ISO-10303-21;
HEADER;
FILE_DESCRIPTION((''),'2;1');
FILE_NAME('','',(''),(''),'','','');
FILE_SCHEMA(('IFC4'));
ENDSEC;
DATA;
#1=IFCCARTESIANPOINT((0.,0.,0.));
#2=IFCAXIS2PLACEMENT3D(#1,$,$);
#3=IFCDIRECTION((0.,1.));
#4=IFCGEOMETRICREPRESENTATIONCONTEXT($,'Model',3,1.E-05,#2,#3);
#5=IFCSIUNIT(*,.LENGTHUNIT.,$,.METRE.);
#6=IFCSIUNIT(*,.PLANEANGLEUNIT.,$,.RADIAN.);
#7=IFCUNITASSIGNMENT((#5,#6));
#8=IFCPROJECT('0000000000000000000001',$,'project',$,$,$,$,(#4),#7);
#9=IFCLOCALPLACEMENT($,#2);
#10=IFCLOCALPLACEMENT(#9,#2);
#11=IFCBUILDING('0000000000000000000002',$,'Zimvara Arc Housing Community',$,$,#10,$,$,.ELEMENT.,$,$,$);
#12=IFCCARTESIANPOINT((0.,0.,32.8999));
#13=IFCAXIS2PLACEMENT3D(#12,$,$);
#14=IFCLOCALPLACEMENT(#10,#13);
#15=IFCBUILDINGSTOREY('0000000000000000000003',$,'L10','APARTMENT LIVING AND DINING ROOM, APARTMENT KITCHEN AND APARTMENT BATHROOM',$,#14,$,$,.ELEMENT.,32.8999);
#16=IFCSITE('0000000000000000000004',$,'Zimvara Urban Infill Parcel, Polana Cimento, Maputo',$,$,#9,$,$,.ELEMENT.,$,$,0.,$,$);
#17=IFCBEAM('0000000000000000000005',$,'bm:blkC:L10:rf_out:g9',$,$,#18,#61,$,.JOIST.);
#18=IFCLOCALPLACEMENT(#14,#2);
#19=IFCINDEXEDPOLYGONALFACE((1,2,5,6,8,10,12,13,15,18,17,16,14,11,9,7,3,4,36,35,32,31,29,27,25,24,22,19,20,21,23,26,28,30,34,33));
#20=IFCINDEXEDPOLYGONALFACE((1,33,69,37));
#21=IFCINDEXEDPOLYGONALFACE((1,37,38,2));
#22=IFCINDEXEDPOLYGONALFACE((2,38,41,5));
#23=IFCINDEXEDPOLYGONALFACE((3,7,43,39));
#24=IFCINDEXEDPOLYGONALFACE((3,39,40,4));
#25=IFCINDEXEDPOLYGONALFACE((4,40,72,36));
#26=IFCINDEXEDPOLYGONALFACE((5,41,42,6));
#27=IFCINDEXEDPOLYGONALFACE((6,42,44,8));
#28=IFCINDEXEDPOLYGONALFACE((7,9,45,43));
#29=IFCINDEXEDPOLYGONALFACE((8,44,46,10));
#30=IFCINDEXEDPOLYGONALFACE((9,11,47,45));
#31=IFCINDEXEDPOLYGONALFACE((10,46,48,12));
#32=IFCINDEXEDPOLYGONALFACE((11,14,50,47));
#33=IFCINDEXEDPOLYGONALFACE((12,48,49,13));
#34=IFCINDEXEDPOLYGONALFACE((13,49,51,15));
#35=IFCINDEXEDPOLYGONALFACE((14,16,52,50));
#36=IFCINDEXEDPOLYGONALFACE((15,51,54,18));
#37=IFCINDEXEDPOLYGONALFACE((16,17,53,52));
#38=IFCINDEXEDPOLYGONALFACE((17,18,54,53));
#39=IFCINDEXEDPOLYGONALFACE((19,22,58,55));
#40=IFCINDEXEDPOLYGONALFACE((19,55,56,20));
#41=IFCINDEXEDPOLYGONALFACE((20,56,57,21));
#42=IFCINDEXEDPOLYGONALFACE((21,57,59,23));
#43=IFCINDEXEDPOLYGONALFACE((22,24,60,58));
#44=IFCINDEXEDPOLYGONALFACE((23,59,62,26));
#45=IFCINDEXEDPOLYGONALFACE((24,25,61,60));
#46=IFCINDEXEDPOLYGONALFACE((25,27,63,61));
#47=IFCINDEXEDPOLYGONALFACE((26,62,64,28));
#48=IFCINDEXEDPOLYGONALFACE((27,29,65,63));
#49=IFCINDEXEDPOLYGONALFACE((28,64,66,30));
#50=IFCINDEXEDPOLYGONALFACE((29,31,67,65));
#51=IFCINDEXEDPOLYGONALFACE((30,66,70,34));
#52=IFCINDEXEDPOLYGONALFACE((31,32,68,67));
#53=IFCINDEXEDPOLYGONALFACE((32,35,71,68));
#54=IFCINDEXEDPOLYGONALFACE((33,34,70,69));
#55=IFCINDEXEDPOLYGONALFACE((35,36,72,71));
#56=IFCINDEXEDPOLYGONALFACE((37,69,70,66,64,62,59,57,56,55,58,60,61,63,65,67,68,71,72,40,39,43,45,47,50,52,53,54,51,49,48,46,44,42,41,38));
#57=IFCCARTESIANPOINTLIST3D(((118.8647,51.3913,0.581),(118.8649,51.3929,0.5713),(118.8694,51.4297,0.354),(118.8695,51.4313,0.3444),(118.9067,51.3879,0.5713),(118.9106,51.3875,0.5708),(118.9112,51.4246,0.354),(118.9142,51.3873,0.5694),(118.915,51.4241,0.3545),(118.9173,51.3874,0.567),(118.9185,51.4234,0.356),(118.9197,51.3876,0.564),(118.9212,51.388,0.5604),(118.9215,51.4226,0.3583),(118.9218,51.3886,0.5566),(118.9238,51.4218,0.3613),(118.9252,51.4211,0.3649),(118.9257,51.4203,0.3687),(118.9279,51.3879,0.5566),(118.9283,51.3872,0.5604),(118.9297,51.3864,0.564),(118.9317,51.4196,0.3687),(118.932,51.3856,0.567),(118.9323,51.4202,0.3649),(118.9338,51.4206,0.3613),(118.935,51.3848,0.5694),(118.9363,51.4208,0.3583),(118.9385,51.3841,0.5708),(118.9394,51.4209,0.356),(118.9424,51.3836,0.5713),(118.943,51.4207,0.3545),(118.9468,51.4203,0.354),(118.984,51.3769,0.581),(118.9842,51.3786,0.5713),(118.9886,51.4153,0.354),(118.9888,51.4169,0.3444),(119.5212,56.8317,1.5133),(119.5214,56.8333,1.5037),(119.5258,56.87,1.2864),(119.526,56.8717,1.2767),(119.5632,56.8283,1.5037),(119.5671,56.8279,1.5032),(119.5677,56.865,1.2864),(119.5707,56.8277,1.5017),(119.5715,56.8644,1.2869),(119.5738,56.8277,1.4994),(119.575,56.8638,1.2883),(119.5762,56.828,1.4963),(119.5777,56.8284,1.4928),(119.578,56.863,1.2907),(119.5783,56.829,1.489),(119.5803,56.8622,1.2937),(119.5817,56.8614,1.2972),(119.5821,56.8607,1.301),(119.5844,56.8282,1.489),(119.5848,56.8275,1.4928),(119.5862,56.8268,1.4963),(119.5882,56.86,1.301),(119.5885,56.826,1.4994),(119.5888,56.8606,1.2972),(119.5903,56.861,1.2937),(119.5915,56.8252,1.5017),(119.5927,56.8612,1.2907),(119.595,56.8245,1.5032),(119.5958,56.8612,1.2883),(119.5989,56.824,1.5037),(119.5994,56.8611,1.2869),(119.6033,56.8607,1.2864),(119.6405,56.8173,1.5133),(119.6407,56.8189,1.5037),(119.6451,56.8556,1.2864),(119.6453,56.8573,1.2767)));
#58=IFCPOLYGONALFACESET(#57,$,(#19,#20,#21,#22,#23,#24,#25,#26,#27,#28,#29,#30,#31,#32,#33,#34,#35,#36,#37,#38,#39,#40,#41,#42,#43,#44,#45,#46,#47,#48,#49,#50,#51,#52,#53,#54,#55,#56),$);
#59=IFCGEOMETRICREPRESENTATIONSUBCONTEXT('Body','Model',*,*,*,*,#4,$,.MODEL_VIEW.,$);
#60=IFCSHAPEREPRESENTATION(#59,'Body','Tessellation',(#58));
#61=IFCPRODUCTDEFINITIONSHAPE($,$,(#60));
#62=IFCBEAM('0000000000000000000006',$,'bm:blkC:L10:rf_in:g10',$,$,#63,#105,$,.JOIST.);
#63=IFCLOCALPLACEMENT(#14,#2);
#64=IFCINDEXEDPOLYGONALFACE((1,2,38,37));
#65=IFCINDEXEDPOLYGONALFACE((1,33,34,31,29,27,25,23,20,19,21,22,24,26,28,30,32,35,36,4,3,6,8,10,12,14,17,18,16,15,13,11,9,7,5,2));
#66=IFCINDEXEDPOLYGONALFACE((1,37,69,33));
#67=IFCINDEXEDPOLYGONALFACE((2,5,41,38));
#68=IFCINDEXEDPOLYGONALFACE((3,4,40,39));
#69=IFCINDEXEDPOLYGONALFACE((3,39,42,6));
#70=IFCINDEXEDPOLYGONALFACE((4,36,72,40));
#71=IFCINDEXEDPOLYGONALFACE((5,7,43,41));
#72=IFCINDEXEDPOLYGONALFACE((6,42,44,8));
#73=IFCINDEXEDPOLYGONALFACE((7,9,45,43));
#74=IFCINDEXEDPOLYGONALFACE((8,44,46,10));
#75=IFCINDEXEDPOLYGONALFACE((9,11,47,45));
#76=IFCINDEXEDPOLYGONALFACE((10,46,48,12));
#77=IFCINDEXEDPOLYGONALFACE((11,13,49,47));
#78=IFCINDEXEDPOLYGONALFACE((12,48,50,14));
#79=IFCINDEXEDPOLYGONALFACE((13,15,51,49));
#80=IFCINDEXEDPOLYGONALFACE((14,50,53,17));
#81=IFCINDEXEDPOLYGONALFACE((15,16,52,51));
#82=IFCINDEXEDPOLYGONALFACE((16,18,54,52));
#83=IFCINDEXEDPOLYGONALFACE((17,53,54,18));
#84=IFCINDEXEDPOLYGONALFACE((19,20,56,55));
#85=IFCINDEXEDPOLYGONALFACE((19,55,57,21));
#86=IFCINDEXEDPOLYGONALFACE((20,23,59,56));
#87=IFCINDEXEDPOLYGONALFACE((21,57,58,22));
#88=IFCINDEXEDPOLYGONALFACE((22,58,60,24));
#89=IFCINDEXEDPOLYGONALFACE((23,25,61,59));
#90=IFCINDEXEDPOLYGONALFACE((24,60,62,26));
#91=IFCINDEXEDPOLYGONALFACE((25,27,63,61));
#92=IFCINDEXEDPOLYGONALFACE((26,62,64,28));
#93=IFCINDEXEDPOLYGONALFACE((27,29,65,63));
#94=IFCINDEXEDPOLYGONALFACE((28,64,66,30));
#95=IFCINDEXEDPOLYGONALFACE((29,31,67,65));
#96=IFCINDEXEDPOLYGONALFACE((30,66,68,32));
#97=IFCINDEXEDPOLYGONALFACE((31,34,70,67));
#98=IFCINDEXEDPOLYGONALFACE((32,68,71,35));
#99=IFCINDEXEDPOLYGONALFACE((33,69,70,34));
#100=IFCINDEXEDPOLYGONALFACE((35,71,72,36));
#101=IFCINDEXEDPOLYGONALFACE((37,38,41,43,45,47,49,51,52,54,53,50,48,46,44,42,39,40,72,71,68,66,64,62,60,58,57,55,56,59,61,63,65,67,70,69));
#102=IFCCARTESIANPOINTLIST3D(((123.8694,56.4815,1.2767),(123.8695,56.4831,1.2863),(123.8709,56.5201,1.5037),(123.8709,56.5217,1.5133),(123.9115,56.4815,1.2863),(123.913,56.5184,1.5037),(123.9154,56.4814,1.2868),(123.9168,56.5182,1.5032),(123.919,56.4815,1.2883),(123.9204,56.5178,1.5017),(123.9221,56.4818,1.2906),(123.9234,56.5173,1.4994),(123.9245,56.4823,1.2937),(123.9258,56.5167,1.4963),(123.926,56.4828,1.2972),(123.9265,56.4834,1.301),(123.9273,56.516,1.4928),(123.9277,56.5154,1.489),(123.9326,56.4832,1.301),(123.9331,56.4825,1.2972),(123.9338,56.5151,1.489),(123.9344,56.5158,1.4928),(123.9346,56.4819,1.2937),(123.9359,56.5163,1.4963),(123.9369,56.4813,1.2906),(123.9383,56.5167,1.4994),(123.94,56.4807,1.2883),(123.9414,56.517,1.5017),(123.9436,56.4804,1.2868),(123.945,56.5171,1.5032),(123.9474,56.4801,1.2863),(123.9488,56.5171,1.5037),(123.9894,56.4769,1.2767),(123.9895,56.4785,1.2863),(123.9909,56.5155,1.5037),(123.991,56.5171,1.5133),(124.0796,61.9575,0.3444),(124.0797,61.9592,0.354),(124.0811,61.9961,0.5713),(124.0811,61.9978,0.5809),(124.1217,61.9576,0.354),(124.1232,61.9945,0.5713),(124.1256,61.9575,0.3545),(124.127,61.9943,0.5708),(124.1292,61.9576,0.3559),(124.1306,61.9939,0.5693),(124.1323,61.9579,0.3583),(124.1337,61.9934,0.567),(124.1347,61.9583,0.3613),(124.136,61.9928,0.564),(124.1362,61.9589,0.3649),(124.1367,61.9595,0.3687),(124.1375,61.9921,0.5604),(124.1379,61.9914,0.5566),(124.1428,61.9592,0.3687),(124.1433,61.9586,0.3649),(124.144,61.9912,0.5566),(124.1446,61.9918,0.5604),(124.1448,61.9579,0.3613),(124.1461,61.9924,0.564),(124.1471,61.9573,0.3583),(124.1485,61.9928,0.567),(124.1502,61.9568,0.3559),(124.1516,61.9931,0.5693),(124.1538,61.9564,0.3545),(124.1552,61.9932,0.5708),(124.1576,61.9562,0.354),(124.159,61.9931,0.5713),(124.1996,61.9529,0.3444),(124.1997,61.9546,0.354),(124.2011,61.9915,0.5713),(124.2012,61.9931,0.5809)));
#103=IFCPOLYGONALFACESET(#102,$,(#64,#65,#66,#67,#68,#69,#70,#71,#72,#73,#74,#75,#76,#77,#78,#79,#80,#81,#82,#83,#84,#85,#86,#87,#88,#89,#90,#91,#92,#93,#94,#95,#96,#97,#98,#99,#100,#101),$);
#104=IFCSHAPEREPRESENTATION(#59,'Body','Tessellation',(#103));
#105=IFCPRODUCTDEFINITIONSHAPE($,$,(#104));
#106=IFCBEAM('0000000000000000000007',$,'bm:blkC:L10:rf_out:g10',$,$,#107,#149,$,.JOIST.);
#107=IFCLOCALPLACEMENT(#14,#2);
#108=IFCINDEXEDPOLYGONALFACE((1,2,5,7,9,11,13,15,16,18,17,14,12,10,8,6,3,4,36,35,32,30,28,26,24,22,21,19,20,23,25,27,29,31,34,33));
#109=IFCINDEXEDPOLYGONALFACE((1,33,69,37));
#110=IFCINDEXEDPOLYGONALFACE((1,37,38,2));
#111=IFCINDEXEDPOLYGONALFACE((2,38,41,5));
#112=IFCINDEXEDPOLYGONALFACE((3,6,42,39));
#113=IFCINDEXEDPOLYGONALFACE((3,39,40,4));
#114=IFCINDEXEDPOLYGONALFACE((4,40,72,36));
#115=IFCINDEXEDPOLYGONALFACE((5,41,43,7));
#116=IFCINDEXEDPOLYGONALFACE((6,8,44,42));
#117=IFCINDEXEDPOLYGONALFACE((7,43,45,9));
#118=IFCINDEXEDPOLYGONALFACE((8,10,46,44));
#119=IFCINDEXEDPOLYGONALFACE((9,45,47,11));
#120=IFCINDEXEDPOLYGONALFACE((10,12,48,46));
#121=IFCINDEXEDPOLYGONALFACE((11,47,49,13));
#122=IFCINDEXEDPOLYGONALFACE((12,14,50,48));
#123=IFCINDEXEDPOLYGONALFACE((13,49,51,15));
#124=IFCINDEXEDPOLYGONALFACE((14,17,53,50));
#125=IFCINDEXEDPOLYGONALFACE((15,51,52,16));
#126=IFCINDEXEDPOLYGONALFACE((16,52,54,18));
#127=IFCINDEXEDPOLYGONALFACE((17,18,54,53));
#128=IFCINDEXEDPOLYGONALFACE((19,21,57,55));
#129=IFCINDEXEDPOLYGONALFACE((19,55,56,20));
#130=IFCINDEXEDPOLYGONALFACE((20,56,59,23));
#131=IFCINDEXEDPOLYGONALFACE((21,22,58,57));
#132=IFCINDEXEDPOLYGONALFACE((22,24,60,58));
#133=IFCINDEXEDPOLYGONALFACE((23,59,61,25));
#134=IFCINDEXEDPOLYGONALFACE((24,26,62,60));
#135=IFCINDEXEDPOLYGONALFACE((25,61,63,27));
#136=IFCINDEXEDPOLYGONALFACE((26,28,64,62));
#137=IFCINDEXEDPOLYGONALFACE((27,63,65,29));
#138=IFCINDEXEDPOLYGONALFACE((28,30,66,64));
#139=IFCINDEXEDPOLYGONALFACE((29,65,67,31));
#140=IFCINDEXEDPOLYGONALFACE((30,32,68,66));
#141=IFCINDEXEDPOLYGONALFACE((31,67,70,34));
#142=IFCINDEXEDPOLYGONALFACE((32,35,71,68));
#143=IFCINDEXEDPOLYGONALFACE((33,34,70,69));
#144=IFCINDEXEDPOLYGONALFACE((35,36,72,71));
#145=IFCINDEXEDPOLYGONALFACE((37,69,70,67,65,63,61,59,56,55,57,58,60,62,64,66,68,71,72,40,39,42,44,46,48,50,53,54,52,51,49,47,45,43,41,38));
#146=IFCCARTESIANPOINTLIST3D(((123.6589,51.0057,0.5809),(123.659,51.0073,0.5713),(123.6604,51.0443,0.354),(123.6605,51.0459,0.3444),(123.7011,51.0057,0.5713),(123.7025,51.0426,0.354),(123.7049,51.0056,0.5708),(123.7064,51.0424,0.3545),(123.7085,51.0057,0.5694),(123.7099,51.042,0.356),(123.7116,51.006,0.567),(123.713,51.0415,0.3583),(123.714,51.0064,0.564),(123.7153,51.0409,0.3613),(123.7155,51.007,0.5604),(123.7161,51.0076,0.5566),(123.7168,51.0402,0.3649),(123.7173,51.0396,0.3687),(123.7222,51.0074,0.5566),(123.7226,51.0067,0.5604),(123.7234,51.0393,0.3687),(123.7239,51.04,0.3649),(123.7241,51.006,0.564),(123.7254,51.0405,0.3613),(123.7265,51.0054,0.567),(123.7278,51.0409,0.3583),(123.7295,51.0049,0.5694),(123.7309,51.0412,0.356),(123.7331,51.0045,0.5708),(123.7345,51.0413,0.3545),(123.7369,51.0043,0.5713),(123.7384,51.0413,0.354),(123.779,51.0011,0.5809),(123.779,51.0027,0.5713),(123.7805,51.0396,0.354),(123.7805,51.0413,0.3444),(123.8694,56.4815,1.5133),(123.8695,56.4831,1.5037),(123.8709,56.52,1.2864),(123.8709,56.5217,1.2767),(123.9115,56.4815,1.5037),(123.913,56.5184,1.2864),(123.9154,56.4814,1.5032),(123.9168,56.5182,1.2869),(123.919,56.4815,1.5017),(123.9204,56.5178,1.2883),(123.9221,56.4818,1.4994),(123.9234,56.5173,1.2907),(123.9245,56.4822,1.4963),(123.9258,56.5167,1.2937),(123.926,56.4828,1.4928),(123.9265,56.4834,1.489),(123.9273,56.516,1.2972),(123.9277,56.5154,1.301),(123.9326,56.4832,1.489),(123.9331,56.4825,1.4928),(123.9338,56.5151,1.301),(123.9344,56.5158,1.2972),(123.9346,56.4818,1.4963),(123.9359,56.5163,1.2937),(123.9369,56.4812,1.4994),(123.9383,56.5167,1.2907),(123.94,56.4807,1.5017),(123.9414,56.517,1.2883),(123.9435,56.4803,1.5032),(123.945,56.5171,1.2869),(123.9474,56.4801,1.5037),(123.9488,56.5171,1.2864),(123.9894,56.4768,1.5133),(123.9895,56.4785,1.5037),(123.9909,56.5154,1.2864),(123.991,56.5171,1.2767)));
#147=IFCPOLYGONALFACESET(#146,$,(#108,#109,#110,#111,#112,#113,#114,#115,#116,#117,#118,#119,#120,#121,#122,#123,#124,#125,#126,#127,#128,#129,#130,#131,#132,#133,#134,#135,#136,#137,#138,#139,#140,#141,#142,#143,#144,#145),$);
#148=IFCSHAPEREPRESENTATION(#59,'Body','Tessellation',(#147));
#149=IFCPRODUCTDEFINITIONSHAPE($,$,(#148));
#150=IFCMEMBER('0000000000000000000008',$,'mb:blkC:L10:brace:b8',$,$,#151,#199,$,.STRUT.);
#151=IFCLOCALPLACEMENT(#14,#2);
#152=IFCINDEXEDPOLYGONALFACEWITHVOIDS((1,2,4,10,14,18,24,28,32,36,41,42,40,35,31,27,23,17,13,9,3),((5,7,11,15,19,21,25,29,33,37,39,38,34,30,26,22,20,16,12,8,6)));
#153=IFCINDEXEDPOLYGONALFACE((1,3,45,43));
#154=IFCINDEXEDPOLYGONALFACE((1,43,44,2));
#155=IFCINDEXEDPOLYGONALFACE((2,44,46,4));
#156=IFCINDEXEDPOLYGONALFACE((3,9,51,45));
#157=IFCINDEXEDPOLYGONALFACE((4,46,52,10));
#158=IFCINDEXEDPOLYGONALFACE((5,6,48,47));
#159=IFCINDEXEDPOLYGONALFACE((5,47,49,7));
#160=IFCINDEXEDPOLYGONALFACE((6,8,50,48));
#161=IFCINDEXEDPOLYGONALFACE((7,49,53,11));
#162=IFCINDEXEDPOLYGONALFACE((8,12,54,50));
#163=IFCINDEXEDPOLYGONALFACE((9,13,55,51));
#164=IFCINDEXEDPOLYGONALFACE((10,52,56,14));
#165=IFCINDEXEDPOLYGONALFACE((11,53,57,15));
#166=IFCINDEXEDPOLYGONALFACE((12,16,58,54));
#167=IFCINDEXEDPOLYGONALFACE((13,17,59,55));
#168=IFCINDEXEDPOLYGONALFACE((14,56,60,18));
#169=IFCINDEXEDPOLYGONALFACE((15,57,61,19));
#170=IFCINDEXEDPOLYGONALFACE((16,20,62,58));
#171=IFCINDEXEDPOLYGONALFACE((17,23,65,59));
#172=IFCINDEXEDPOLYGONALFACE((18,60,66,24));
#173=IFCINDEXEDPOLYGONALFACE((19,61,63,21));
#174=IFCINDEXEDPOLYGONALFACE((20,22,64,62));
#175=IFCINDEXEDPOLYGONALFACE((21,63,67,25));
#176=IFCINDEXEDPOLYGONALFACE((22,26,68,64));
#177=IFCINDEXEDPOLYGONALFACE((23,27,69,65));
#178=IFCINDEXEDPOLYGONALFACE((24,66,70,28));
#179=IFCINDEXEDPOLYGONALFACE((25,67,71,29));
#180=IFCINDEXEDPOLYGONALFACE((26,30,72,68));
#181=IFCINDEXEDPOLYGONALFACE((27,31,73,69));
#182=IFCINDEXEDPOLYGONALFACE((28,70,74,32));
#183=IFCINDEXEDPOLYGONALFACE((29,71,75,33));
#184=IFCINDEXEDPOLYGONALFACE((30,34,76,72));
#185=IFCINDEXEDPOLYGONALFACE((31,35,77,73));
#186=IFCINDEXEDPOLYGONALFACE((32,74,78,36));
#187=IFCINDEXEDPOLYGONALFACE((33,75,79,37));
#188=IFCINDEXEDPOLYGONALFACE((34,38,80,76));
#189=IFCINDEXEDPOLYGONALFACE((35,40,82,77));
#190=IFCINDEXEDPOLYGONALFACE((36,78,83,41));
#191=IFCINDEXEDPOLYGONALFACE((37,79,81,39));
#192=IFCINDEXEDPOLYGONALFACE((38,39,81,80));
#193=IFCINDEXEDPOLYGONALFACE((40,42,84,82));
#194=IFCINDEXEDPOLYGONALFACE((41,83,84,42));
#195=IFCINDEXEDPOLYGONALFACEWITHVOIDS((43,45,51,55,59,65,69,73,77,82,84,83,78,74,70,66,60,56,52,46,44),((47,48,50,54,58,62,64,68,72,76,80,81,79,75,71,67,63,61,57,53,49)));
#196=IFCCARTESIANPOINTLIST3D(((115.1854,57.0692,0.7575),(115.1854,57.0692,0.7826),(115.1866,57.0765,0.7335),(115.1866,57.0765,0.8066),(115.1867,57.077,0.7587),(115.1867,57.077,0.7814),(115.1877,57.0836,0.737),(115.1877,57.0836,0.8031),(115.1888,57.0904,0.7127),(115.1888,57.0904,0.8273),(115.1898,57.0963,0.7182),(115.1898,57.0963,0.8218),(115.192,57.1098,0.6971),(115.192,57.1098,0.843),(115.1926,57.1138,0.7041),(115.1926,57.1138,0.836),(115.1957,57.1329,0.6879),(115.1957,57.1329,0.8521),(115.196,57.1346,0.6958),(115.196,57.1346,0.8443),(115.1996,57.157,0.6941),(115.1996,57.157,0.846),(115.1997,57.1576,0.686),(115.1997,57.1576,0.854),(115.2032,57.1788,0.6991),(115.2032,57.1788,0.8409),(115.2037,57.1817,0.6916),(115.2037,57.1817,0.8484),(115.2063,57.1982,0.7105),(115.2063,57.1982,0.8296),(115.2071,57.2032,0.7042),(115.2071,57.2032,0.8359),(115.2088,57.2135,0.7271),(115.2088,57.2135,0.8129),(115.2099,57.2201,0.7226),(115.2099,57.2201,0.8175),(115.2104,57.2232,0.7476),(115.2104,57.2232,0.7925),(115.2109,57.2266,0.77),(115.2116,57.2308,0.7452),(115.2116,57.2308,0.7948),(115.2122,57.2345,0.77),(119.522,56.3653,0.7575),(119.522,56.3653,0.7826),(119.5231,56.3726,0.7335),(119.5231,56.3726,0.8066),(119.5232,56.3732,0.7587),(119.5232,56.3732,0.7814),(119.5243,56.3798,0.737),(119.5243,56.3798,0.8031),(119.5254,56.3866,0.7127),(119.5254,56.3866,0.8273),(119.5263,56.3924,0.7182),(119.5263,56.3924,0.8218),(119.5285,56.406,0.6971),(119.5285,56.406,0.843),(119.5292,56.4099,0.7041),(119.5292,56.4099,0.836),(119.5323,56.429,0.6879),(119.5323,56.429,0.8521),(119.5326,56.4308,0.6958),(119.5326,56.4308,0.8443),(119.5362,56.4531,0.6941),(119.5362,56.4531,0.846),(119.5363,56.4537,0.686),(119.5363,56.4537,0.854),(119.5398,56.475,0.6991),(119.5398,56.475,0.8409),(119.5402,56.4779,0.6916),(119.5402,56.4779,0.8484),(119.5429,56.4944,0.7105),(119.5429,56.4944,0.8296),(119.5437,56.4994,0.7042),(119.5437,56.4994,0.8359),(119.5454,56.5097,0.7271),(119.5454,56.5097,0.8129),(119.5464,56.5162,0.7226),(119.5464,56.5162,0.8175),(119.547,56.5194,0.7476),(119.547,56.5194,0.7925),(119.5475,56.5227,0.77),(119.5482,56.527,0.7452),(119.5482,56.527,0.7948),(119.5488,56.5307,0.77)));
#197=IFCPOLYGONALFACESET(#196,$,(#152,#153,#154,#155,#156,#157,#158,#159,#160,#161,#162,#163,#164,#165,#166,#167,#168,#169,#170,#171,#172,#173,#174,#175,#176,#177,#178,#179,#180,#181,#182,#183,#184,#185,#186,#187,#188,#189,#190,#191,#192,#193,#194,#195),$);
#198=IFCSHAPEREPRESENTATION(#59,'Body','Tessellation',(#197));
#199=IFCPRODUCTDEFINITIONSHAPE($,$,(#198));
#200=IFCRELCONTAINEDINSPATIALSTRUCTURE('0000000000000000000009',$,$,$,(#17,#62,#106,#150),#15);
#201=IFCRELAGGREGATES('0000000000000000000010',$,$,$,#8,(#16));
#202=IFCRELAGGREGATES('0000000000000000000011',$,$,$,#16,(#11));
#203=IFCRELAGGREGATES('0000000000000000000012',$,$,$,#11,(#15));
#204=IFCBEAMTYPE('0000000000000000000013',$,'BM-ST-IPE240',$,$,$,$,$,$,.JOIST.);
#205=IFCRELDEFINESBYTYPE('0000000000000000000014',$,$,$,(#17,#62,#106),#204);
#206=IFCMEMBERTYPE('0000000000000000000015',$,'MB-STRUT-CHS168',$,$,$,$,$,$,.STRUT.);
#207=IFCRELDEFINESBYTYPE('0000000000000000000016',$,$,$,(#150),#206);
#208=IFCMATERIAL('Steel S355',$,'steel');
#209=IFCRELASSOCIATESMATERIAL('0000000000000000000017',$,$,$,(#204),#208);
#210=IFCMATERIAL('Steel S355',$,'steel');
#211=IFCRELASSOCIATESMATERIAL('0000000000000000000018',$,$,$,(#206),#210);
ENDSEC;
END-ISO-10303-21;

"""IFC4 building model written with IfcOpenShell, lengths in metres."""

from ifc_helpers import new_model, si_unit, direction, frame, origin, origin_2d, place, context, subcontext, project, spatial, hollow_circle, i_section, extrude, material, material_profile, profile_set, type_object, element, save


model = new_model("IFC4")

# Units and contexts
model_context = context("Model", 3, precision=1e-05, world=origin(), true_north=direction((0.0, 1.0)))
body_context = subcontext(model_context, "Body", "Model", "MODEL_VIEW")
ifc_project = project(units=[si_unit("LENGTHUNIT", "METRE"), si_unit("PLANEANGLEUNIT", "RADIAN")], contexts=[model_context])

# Site, building, storey
site_placement = place(None, origin())
site = spatial("IfcSite", under=ifc_project, at=site_placement, Name="Zimvara Urban Infill Parcel, Polana Cimento, Maputo", CompositionType="ELEMENT", RefElevation=0.0)
building_placement = place(site_placement, origin())
building = spatial("IfcBuilding", under=site, at=building_placement, Name="Zimvara Arc Housing Community", CompositionType="ELEMENT")
storey_placement = place(building_placement, frame((0.0, 0.0, 32.8999)))
storey = spatial("IfcBuildingStorey", under=building, at=storey_placement, Name="L10", Description="APARTMENT LIVING AND DINING ROOM, APARTMENT KITCHEN AND APARTMENT BATHROOM", CompositionType="ELEMENT", Elevation=32.8999)

# Beams
ifc_material_1 = material(Name="Steel S355", Category="steel")
ifc_material_profile_1 = material_profile(ifc_material_1, i_section(OverallWidth=0.1201, OverallDepth=0.24, WebThickness=0.0061, FlangeThickness=0.0098, FilletRadius=0.0149, at=origin_2d()), Name="IPE 240")
ifc_profile_set_1 = profile_set([ifc_material_profile_1], Name="Steel S355")
beam_type_1 = type_object("IfcBeamType", Name="BM-ST-IPE240", PredefinedType="JOIST", material=ifc_profile_set_1)
beam_1_placement = place(storey_placement, frame((119.5833, 56.8445, 1.395), z_axis=(-0.118103, -0.978732, -0.167734), x_axis=(0.992798, -0.1198, 0.0)))
element("IfcBeam", 1, at=beam_1_placement, inside=storey, type_object=beam_type_1, Name="bm:blkC:L10:rf_out:g9", PredefinedType="JOIST", context=body_context, shape_type="SweptSolid", body=[
    extrude(i_section(OverallWidth=0.1201, OverallDepth=0.24, WebThickness=0.0061, FlangeThickness=0.0098, FilletRadius=0.0149, at=origin_2d()), origin(), (0.0, 0.0, 1.0), 5.5586),
])
beam_2_placement = place(storey_placement, frame((124.1404, 61.9753, 0.4626), z_axis=(-0.037814, -0.985108, 0.167727), x_axis=(0.999264, -0.038358, 0.0)))
element("IfcBeam", 2, at=beam_2_placement, inside=storey, type_object=beam_type_1, Name="bm:blkC:L10:rf_in:g10", PredefinedType="JOIST", context=body_context, shape_type="SweptSolid", body=[
    extrude(i_section(OverallWidth=0.1201, OverallDepth=0.24, WebThickness=0.0061, FlangeThickness=0.0098, FilletRadius=0.0149, at=origin_2d()), origin(), (0.0, 0.0, 1.0), 5.5588),
])
beam_3_placement = place(storey_placement, frame((123.9302, 56.4993, 1.395), z_axis=(-0.03786, -0.985105, -0.167734), x_axis=(0.999262, -0.038404, 0.0)))
element("IfcBeam", 3, at=beam_3_placement, inside=storey, type_object=beam_type_1, Name="bm:blkC:L10:rf_out:g10", PredefinedType="JOIST", context=body_context, shape_type="SweptSolid", body=[
    extrude(i_section(OverallWidth=0.1201, OverallDepth=0.24, WebThickness=0.0061, FlangeThickness=0.0098, FilletRadius=0.0149, at=origin_2d()), origin(), (0.0, 0.0, 1.0), 5.5586),
])

# Member
ifc_material_2 = material(Name="Steel S355", Category="steel")
ifc_material_profile_2 = material_profile(ifc_material_2, hollow_circle(Radius=0.0842, WallThickness=0.0081, at=origin_2d()), Name="CHS 168.3x8.0")
ifc_profile_set_2 = profile_set([ifc_material_profile_2], Name="Steel S355")
member_type = type_object("IfcMemberType", Name="MB-STRUT-CHS168", PredefinedType="STRUT", material=ifc_profile_set_2)
member_placement = place(storey_placement, frame((115.1987, 57.1514, 0.77), z_axis=(0.987083, -0.160207, 0.0), x_axis=(0.160207, 0.987083, 0.0)))
element("IfcMember", 4, at=member_placement, inside=storey, type_object=member_type, Name="mb:blkC:L10:brace:b8", PredefinedType="STRUT", context=body_context, shape_type="SweptSolid", body=[
    extrude(hollow_circle(Radius=0.0842, WallThickness=0.0081, at=origin_2d()), origin(), (0.0, 0.0, 1.0), 4.3933),
])

save(model, "model.ifc")
